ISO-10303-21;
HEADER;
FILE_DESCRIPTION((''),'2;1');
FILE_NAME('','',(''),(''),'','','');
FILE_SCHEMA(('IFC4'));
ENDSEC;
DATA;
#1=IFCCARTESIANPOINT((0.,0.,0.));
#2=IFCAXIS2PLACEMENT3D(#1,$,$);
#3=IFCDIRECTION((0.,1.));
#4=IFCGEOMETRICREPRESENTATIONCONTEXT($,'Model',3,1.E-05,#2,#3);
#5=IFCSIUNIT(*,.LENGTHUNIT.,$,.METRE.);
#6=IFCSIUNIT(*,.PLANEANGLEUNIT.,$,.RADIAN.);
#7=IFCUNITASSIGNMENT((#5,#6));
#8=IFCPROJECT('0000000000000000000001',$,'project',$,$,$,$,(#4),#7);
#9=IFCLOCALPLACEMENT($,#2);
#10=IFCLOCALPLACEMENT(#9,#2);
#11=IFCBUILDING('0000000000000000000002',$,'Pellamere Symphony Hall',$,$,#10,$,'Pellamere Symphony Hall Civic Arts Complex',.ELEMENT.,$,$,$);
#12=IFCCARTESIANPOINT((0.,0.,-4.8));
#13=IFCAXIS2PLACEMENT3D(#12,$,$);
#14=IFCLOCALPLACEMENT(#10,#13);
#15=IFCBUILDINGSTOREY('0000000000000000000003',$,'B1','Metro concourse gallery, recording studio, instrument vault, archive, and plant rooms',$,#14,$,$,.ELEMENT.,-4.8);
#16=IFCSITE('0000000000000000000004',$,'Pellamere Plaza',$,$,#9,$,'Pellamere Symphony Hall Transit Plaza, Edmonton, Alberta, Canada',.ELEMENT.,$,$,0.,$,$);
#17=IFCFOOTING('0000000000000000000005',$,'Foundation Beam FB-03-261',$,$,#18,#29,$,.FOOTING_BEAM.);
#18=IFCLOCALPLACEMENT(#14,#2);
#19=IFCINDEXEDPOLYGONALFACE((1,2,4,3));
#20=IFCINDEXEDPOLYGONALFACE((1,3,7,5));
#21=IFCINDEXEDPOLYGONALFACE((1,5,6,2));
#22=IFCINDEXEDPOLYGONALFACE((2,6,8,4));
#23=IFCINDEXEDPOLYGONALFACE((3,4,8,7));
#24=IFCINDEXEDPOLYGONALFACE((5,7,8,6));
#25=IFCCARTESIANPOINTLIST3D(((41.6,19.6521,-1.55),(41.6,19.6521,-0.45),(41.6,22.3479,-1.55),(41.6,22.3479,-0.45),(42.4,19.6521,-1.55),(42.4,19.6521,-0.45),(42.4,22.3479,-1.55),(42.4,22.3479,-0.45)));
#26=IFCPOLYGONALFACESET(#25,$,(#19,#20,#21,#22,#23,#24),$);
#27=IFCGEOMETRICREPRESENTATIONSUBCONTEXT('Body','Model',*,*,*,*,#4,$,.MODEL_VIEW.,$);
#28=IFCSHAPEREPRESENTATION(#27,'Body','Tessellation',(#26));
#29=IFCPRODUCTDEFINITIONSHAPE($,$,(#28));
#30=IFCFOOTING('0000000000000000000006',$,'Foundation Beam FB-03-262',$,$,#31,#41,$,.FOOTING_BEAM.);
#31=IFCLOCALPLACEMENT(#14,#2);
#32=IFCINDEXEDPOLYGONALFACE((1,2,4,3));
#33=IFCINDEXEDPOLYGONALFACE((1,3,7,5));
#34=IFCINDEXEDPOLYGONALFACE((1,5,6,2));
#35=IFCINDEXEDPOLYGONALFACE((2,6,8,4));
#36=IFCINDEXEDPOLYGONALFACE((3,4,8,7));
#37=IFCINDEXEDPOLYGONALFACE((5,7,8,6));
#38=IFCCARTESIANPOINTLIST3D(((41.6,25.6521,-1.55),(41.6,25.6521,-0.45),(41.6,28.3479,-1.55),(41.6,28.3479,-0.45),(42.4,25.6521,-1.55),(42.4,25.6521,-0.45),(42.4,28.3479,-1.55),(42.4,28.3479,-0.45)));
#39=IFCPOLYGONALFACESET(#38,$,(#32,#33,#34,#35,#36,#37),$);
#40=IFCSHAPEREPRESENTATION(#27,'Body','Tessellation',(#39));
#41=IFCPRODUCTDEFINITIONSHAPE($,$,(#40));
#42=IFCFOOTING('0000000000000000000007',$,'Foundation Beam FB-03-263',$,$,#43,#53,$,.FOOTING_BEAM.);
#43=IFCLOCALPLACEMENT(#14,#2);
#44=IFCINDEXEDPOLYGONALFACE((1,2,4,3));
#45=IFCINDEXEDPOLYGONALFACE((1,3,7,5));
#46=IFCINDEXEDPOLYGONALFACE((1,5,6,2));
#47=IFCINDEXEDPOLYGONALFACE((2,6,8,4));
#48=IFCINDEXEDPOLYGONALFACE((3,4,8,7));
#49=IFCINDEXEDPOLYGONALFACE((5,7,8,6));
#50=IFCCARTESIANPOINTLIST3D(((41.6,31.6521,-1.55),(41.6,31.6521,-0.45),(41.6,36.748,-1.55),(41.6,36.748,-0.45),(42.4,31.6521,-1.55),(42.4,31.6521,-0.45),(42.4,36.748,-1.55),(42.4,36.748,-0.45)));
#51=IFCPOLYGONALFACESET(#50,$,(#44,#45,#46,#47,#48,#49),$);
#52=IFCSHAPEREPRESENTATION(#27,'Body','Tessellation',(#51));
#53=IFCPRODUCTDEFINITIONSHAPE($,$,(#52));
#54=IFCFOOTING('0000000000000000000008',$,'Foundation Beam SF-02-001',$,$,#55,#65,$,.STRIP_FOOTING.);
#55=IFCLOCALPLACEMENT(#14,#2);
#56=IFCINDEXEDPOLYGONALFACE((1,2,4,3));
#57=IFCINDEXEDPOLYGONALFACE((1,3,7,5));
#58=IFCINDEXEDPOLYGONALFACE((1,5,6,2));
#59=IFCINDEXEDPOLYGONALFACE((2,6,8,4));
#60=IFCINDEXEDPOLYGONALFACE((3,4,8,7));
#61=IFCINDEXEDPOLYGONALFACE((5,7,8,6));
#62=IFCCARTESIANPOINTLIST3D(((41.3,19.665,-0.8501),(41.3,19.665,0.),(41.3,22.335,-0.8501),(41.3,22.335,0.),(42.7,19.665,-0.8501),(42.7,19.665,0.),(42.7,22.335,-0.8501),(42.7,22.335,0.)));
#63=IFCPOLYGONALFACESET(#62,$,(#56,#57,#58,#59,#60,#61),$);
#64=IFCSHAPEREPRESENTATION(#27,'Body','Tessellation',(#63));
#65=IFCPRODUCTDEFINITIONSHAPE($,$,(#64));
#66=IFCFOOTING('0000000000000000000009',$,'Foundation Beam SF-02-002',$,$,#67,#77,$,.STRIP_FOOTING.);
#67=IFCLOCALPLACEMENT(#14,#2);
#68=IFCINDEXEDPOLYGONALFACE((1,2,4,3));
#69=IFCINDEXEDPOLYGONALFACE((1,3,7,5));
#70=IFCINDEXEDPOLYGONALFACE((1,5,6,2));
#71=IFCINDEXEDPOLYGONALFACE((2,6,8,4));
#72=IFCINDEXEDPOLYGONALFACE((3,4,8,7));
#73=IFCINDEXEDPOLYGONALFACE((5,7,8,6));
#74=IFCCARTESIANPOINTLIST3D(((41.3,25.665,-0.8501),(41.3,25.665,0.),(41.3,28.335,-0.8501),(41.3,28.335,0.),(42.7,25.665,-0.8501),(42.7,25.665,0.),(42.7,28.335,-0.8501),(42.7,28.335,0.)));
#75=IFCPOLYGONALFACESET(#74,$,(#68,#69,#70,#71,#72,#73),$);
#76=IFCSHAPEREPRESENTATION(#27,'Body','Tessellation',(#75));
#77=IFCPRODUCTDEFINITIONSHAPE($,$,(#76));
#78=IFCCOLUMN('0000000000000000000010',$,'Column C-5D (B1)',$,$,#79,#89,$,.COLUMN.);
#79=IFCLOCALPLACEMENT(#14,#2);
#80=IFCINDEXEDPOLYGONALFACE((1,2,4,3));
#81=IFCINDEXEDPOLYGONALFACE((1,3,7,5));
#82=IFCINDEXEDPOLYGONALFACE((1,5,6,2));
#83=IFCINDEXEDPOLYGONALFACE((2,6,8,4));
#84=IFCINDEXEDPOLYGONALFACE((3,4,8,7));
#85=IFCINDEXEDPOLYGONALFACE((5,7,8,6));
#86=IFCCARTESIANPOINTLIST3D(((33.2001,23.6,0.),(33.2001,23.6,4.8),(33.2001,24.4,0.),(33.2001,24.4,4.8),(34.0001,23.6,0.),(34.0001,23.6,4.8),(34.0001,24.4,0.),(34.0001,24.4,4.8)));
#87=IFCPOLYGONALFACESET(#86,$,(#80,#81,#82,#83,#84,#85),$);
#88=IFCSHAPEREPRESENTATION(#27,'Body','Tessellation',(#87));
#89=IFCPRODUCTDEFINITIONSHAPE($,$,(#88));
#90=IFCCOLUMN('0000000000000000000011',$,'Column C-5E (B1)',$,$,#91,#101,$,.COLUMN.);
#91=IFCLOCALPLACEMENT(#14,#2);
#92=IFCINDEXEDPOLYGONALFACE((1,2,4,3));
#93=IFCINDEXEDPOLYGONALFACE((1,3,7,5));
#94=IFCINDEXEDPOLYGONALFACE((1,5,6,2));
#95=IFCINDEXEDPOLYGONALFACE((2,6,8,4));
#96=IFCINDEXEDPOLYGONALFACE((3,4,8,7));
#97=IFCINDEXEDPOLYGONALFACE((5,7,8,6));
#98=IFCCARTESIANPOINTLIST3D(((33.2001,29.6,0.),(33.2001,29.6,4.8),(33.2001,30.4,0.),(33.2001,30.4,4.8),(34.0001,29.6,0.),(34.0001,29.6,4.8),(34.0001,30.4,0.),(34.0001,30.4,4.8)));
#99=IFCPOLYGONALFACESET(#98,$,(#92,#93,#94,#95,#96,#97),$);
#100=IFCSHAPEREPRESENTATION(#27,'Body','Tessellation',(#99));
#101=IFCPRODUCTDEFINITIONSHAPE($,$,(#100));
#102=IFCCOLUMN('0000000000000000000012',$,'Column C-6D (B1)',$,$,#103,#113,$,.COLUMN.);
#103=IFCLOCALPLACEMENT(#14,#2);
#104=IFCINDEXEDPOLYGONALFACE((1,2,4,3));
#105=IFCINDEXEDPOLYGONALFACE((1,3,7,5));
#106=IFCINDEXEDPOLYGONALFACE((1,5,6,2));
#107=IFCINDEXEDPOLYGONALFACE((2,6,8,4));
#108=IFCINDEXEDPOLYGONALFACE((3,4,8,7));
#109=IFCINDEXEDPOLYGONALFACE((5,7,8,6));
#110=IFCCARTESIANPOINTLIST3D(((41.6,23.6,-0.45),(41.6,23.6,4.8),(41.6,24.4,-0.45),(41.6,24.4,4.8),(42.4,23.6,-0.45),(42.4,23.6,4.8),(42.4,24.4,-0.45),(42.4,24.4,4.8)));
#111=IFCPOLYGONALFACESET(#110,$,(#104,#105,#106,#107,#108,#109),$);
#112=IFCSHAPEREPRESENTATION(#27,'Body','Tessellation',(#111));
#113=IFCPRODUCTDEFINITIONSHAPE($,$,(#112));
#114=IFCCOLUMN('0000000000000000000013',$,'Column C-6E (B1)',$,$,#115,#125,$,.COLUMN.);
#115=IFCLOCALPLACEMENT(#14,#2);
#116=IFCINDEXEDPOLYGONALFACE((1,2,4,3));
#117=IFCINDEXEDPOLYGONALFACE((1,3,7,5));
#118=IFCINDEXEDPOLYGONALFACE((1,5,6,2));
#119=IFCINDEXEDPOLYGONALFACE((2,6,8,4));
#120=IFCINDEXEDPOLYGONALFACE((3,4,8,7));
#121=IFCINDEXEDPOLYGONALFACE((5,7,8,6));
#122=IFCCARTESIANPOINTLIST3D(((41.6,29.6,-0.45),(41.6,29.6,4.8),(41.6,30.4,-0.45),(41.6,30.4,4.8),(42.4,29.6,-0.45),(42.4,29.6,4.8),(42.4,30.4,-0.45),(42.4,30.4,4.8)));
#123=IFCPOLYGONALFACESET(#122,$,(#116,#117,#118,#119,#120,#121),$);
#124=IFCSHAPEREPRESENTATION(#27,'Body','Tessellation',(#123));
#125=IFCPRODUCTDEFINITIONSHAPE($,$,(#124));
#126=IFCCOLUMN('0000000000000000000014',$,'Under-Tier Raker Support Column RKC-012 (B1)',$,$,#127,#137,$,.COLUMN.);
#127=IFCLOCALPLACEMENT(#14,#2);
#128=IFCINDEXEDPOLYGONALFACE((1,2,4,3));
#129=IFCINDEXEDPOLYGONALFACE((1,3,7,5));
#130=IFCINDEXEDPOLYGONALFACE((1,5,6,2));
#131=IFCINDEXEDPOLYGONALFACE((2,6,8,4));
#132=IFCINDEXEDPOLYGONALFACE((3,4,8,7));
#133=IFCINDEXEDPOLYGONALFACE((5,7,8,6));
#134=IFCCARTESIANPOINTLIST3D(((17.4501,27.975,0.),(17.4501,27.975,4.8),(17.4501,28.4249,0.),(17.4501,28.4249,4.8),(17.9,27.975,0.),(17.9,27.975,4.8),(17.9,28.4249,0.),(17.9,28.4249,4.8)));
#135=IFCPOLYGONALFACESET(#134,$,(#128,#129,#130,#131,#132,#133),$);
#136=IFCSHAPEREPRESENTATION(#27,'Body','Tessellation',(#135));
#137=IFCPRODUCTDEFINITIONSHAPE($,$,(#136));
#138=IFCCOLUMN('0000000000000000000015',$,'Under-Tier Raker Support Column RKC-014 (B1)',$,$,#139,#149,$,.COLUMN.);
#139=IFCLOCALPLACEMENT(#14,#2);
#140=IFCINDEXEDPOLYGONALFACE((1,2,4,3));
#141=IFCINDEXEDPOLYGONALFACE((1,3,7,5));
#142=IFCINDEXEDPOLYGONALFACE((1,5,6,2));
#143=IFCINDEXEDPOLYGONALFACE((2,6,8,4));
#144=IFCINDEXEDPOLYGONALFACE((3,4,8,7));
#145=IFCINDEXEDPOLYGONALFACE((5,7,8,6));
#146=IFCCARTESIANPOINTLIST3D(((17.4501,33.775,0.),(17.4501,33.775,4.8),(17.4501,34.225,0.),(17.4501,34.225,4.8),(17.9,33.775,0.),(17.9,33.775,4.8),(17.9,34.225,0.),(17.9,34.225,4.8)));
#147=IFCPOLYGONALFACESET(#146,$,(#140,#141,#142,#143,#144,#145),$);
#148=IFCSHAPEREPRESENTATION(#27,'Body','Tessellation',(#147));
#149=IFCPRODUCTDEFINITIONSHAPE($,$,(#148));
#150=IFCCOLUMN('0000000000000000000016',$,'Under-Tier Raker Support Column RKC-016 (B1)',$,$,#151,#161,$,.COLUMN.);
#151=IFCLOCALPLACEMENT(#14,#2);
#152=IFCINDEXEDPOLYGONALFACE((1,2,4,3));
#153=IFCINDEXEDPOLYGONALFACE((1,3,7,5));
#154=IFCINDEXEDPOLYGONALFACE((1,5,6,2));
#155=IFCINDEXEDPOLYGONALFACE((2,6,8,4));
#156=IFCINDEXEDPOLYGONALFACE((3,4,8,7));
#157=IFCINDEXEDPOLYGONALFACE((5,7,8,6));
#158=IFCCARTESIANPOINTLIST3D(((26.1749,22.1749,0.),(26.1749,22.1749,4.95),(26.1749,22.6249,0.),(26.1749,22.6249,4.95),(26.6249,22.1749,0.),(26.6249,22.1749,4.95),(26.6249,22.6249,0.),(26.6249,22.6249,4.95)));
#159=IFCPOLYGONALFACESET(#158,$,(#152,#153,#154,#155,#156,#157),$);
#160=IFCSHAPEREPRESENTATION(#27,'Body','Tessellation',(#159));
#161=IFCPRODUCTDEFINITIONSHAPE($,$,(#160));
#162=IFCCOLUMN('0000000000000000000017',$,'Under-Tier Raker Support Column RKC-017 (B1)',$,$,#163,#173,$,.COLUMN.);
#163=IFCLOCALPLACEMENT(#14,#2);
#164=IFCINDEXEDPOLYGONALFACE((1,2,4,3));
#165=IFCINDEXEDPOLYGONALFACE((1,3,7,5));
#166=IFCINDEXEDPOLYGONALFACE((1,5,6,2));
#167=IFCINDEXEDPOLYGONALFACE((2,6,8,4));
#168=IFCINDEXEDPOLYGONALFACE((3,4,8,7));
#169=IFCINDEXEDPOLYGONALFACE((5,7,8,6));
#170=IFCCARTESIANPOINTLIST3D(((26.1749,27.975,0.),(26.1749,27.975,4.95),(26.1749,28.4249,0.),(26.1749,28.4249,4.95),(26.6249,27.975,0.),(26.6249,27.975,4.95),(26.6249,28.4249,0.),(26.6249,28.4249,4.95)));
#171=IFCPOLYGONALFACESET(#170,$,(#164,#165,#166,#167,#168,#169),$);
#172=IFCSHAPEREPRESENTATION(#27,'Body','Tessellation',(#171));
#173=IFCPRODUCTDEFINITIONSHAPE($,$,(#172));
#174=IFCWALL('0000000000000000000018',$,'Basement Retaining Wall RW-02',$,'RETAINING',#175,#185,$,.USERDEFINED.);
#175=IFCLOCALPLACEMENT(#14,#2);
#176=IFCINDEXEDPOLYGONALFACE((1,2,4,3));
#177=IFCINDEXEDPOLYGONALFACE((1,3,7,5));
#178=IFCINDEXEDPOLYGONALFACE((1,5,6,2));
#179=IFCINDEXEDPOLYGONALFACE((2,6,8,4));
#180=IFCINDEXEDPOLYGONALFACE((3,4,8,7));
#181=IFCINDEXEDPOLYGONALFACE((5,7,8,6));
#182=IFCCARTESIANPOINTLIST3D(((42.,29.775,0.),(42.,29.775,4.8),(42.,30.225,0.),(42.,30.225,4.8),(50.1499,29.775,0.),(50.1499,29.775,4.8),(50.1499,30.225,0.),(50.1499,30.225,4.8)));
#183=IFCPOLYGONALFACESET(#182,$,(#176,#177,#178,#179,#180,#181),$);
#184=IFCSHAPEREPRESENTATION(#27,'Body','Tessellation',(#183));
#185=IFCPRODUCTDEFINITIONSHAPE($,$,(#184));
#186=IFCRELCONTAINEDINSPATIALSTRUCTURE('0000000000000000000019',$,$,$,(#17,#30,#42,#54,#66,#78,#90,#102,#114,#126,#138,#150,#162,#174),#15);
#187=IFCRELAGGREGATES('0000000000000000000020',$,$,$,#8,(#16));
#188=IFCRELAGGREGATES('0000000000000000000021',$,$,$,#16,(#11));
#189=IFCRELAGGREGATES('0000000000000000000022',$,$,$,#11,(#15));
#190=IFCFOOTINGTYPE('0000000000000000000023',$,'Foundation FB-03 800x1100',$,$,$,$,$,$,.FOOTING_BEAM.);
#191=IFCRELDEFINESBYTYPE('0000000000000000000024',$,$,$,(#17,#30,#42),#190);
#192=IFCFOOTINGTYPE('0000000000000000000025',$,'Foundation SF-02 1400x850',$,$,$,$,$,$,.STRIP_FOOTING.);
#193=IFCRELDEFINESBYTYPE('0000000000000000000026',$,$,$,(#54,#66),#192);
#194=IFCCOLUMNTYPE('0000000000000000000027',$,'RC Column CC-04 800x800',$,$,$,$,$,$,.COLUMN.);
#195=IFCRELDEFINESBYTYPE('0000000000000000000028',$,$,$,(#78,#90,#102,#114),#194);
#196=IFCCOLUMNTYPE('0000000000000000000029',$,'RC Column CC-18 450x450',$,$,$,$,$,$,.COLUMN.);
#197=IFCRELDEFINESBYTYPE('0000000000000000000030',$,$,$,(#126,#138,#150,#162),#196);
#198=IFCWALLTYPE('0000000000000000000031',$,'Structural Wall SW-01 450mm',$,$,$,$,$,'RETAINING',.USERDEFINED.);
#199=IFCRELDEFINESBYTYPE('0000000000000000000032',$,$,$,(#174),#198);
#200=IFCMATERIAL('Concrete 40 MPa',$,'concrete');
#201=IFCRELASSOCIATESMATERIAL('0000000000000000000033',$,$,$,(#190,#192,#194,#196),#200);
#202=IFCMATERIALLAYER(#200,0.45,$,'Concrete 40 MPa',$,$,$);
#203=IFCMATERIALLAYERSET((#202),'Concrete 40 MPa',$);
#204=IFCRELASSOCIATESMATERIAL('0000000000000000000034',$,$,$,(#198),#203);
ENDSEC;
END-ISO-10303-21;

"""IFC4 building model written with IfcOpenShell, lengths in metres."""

from ifc_helpers import new_model, si_unit, direction, frame, frame_2d, origin, origin_2d, place, context, subcontext, project, spatial, rectangle, extrude, material, layer, layer_set, material_profile, profile_set, type_object, element, save


model = new_model("IFC4")

# Units and contexts
model_context = context("Model", 3, precision=1e-05, world=origin(), true_north=direction((0.0, 1.0)))
body_context = subcontext(model_context, "Body", "Model", "MODEL_VIEW")
ifc_project = project(units=[si_unit("LENGTHUNIT", "METRE"), si_unit("PLANEANGLEUNIT", "RADIAN")], contexts=[model_context])

# Site, building, storey
site_placement = place(None, origin())
site = spatial("IfcSite", under=ifc_project, at=site_placement, Name="Pellamere Plaza", LongName="Pellamere Symphony Hall Transit Plaza, Edmonton, Alberta, Canada", CompositionType="ELEMENT", RefElevation=0.0)
building_placement = place(site_placement, origin())
building = spatial("IfcBuilding", under=site, at=building_placement, Name="Pellamere Symphony Hall", LongName="Pellamere Symphony Hall Civic Arts Complex", CompositionType="ELEMENT")
storey_placement = place(building_placement, frame((0.0, 0.0, -4.8)))
storey = spatial("IfcBuildingStorey", under=building, at=storey_placement, Name="B1", Description="Metro concourse gallery, recording studio, instrument vault, archive, and plant rooms", CompositionType="ELEMENT", Elevation=-4.8)

# Footings
ifc_material_1 = material(Name="Concrete 40 MPa", Category="concrete")
ifc_material_profile_1 = material_profile(ifc_material_1, rectangle(XDim=0.8, YDim=1.1001, at=origin_2d()), Name="RC 800x1100")
ifc_profile_set_1 = profile_set([ifc_material_profile_1], Name="Concrete 40 MPa")
footing_type_1 = type_object("IfcFootingType", Name="Foundation FB-03 800x1100", PredefinedType="FOOTING_BEAM", material=ifc_profile_set_1)
for number, where, z_axis, x_axis, name in (
    (1, (42.0, 19.6521, -1.0), (0.0, 1.0, 0.0), (-1.0, 0.0, 0.0), "Foundation Beam FB-03-261"),
    (2, (42.0, 25.6521, -1.0), (0.0, 1.0, 0.0), (-1.0, 0.0, 0.0), "Foundation Beam FB-03-262"),
):
    element("IfcFooting", number, at=place(storey_placement, frame(where, z_axis=z_axis, x_axis=x_axis)), inside=storey, type_object=footing_type_1, Name=name, PredefinedType="FOOTING_BEAM", context=body_context, shape_type="SweptSolid", body=[
        extrude(rectangle(XDim=0.8, YDim=1.1001, at=origin_2d()), origin(), (0.0, 0.0, 1.0), 2.6958),
    ])
footing_1_placement = place(storey_placement, frame((42.0, 31.6521, -1.0), z_axis=(0.0, 1.0, 0.0), x_axis=(-1.0, 0.0, 0.0)))
element("IfcFooting", 3, at=footing_1_placement, inside=storey, type_object=footing_type_1, Name="Foundation Beam FB-03-263", PredefinedType="FOOTING_BEAM", context=body_context, shape_type="SweptSolid", body=[
    extrude(rectangle(XDim=0.8, YDim=1.1001, at=origin_2d()), origin(), (0.0, 0.0, 1.0), 5.0959),
])
ifc_material_profile_2 = material_profile(ifc_material_1, rectangle(XDim=1.3999, YDim=0.8501, at=origin_2d()), Name="RC 1400x850")
ifc_profile_set_2 = profile_set([ifc_material_profile_2], Name="Concrete 40 MPa")
footing_type_2 = type_object("IfcFootingType", Name="Foundation SF-02 1400x850", PredefinedType="STRIP_FOOTING", material=ifc_profile_set_2)
for number, where, z_axis, x_axis, name in (
    (4, (42.0, 19.665, -0.425), (0.0, 1.0, 0.0), (-1.0, 0.0, 0.0), "Foundation Beam SF-02-001"),
    (5, (42.0, 25.665, -0.425), (0.0, 1.0, 0.0), (-1.0, 0.0, 0.0), "Foundation Beam SF-02-002"),
):
    element("IfcFooting", number, at=place(storey_placement, frame(where, z_axis=z_axis, x_axis=x_axis)), inside=storey, type_object=footing_type_2, Name=name, PredefinedType="STRIP_FOOTING", context=body_context, shape_type="SweptSolid", body=[
        extrude(rectangle(XDim=1.3999, YDim=0.8501, at=origin_2d()), origin(), (0.0, 0.0, 1.0), 2.6699),
    ])

# Columns
ifc_material_profile_3 = material_profile(ifc_material_1, rectangle(XDim=0.8, YDim=0.8, at=origin_2d()), Name="RC 800x800")
ifc_profile_set_3 = profile_set([ifc_material_profile_3], Name="Concrete 40 MPa")
column_type_1 = type_object("IfcColumnType", Name="RC Column CC-04 800x800", PredefinedType="COLUMN", material=ifc_profile_set_3)
for number, where, z_axis, x_axis, name in (
    (6, (33.6001, 24.0, 0.0), (0.0, 0.0, 1.0), (1.0, 0.0, 0.0), "Column C-5D (B1)"),
    (7, (33.6001, 30.0, 0.0), (0.0, 0.0, 1.0), (1.0, 0.0, 0.0), "Column C-5E (B1)"),
):
    element("IfcColumn", number, at=place(storey_placement, frame(where, z_axis=z_axis, x_axis=x_axis)), inside=storey, type_object=column_type_1, Name=name, PredefinedType="COLUMN", context=body_context, shape_type="SweptSolid", body=[
        extrude(rectangle(XDim=0.8, YDim=0.8, at=origin_2d()), origin(), (0.0, 0.0, 1.0), 4.8),
    ])
for number, where, z_axis, x_axis, name in (
    (8, (42.0, 24.0, -0.45), (0.0, 0.0, 1.0), (1.0, 0.0, 0.0), "Column C-6D (B1)"),
    (9, (42.0, 30.0, -0.45), (0.0, 0.0, 1.0), (1.0, 0.0, 0.0), "Column C-6E (B1)"),
):
    element("IfcColumn", number, at=place(storey_placement, frame(where, z_axis=z_axis, x_axis=x_axis)), inside=storey, type_object=column_type_1, Name=name, PredefinedType="COLUMN", context=body_context, shape_type="SweptSolid", body=[
        extrude(rectangle(XDim=0.8, YDim=0.8, at=origin_2d()), origin(), (0.0, 0.0, 1.0), 5.25),
    ])
ifc_material_profile_4 = material_profile(ifc_material_1, rectangle(XDim=0.45, YDim=0.45, at=origin_2d()), Name="RC 450x450")
ifc_profile_set_4 = profile_set([ifc_material_profile_4], Name="Concrete 40 MPa")
column_type_2 = type_object("IfcColumnType", Name="RC Column CC-18 450x450", PredefinedType="COLUMN", material=ifc_profile_set_4)
for number, where, z_axis, x_axis, name in (
    (10, (17.675, 28.2, 0.0), (0.0, 0.0, 1.0), (1.0, 0.0, 0.0), "Under-Tier Raker Support Column RKC-012 (B1)"),
    (11, (17.675, 34.0, 0.0), (0.0, 0.0, 1.0), (1.0, 0.0, 0.0), "Under-Tier Raker Support Column RKC-014 (B1)"),
):
    element("IfcColumn", number, at=place(storey_placement, frame(where, z_axis=z_axis, x_axis=x_axis)), inside=storey, type_object=column_type_2, Name=name, PredefinedType="COLUMN", context=body_context, shape_type="SweptSolid", body=[
        extrude(rectangle(XDim=0.45, YDim=0.45, at=origin_2d()), origin(), (0.0, 0.0, 1.0), 4.8),
    ])
for number, where, z_axis, x_axis, name in (
    (12, (26.3999, 22.3999, 0.0), (0.0, 0.0, 1.0), (1.0, 0.0, 0.0), "Under-Tier Raker Support Column RKC-016 (B1)"),
    (13, (26.3999, 28.2, 0.0), (0.0, 0.0, 1.0), (1.0, 0.0, 0.0), "Under-Tier Raker Support Column RKC-017 (B1)"),
):
    element("IfcColumn", number, at=place(storey_placement, frame(where, z_axis=z_axis, x_axis=x_axis)), inside=storey, type_object=column_type_2, Name=name, PredefinedType="COLUMN", context=body_context, shape_type="SweptSolid", body=[
        extrude(rectangle(XDim=0.45, YDim=0.45, at=origin_2d()), origin(), (0.0, 0.0, 1.0), 4.95),
    ])

# Wall
ifc_layer = layer(ifc_material_1, 0.45, Name="Concrete 40 MPa")
ifc_layer_set = layer_set([ifc_layer], Name="Concrete 40 MPa")
wall_type = type_object("IfcWallType", Name="Structural Wall SW-01 450mm", ElementType="RETAINING", PredefinedType="USERDEFINED", material=ifc_layer_set)
wall_placement = place(storey_placement, frame((42.0, 30.0, 0.0), z_axis=(0.0, 0.0, 1.0), x_axis=(1.0, 0.0, 0.0)))
element("IfcWall", 14, at=wall_placement, inside=storey, type_object=wall_type, Name="Basement Retaining Wall RW-02", ObjectType="RETAINING", PredefinedType="USERDEFINED", context=body_context, shape_type="SweptSolid", body=[
    extrude(rectangle(XDim=8.1499, YDim=0.45, at=frame_2d((4.075, 0.0))), origin(), (0.0, 0.0, 1.0), 4.8),
])

save(model, "model.ifc")
